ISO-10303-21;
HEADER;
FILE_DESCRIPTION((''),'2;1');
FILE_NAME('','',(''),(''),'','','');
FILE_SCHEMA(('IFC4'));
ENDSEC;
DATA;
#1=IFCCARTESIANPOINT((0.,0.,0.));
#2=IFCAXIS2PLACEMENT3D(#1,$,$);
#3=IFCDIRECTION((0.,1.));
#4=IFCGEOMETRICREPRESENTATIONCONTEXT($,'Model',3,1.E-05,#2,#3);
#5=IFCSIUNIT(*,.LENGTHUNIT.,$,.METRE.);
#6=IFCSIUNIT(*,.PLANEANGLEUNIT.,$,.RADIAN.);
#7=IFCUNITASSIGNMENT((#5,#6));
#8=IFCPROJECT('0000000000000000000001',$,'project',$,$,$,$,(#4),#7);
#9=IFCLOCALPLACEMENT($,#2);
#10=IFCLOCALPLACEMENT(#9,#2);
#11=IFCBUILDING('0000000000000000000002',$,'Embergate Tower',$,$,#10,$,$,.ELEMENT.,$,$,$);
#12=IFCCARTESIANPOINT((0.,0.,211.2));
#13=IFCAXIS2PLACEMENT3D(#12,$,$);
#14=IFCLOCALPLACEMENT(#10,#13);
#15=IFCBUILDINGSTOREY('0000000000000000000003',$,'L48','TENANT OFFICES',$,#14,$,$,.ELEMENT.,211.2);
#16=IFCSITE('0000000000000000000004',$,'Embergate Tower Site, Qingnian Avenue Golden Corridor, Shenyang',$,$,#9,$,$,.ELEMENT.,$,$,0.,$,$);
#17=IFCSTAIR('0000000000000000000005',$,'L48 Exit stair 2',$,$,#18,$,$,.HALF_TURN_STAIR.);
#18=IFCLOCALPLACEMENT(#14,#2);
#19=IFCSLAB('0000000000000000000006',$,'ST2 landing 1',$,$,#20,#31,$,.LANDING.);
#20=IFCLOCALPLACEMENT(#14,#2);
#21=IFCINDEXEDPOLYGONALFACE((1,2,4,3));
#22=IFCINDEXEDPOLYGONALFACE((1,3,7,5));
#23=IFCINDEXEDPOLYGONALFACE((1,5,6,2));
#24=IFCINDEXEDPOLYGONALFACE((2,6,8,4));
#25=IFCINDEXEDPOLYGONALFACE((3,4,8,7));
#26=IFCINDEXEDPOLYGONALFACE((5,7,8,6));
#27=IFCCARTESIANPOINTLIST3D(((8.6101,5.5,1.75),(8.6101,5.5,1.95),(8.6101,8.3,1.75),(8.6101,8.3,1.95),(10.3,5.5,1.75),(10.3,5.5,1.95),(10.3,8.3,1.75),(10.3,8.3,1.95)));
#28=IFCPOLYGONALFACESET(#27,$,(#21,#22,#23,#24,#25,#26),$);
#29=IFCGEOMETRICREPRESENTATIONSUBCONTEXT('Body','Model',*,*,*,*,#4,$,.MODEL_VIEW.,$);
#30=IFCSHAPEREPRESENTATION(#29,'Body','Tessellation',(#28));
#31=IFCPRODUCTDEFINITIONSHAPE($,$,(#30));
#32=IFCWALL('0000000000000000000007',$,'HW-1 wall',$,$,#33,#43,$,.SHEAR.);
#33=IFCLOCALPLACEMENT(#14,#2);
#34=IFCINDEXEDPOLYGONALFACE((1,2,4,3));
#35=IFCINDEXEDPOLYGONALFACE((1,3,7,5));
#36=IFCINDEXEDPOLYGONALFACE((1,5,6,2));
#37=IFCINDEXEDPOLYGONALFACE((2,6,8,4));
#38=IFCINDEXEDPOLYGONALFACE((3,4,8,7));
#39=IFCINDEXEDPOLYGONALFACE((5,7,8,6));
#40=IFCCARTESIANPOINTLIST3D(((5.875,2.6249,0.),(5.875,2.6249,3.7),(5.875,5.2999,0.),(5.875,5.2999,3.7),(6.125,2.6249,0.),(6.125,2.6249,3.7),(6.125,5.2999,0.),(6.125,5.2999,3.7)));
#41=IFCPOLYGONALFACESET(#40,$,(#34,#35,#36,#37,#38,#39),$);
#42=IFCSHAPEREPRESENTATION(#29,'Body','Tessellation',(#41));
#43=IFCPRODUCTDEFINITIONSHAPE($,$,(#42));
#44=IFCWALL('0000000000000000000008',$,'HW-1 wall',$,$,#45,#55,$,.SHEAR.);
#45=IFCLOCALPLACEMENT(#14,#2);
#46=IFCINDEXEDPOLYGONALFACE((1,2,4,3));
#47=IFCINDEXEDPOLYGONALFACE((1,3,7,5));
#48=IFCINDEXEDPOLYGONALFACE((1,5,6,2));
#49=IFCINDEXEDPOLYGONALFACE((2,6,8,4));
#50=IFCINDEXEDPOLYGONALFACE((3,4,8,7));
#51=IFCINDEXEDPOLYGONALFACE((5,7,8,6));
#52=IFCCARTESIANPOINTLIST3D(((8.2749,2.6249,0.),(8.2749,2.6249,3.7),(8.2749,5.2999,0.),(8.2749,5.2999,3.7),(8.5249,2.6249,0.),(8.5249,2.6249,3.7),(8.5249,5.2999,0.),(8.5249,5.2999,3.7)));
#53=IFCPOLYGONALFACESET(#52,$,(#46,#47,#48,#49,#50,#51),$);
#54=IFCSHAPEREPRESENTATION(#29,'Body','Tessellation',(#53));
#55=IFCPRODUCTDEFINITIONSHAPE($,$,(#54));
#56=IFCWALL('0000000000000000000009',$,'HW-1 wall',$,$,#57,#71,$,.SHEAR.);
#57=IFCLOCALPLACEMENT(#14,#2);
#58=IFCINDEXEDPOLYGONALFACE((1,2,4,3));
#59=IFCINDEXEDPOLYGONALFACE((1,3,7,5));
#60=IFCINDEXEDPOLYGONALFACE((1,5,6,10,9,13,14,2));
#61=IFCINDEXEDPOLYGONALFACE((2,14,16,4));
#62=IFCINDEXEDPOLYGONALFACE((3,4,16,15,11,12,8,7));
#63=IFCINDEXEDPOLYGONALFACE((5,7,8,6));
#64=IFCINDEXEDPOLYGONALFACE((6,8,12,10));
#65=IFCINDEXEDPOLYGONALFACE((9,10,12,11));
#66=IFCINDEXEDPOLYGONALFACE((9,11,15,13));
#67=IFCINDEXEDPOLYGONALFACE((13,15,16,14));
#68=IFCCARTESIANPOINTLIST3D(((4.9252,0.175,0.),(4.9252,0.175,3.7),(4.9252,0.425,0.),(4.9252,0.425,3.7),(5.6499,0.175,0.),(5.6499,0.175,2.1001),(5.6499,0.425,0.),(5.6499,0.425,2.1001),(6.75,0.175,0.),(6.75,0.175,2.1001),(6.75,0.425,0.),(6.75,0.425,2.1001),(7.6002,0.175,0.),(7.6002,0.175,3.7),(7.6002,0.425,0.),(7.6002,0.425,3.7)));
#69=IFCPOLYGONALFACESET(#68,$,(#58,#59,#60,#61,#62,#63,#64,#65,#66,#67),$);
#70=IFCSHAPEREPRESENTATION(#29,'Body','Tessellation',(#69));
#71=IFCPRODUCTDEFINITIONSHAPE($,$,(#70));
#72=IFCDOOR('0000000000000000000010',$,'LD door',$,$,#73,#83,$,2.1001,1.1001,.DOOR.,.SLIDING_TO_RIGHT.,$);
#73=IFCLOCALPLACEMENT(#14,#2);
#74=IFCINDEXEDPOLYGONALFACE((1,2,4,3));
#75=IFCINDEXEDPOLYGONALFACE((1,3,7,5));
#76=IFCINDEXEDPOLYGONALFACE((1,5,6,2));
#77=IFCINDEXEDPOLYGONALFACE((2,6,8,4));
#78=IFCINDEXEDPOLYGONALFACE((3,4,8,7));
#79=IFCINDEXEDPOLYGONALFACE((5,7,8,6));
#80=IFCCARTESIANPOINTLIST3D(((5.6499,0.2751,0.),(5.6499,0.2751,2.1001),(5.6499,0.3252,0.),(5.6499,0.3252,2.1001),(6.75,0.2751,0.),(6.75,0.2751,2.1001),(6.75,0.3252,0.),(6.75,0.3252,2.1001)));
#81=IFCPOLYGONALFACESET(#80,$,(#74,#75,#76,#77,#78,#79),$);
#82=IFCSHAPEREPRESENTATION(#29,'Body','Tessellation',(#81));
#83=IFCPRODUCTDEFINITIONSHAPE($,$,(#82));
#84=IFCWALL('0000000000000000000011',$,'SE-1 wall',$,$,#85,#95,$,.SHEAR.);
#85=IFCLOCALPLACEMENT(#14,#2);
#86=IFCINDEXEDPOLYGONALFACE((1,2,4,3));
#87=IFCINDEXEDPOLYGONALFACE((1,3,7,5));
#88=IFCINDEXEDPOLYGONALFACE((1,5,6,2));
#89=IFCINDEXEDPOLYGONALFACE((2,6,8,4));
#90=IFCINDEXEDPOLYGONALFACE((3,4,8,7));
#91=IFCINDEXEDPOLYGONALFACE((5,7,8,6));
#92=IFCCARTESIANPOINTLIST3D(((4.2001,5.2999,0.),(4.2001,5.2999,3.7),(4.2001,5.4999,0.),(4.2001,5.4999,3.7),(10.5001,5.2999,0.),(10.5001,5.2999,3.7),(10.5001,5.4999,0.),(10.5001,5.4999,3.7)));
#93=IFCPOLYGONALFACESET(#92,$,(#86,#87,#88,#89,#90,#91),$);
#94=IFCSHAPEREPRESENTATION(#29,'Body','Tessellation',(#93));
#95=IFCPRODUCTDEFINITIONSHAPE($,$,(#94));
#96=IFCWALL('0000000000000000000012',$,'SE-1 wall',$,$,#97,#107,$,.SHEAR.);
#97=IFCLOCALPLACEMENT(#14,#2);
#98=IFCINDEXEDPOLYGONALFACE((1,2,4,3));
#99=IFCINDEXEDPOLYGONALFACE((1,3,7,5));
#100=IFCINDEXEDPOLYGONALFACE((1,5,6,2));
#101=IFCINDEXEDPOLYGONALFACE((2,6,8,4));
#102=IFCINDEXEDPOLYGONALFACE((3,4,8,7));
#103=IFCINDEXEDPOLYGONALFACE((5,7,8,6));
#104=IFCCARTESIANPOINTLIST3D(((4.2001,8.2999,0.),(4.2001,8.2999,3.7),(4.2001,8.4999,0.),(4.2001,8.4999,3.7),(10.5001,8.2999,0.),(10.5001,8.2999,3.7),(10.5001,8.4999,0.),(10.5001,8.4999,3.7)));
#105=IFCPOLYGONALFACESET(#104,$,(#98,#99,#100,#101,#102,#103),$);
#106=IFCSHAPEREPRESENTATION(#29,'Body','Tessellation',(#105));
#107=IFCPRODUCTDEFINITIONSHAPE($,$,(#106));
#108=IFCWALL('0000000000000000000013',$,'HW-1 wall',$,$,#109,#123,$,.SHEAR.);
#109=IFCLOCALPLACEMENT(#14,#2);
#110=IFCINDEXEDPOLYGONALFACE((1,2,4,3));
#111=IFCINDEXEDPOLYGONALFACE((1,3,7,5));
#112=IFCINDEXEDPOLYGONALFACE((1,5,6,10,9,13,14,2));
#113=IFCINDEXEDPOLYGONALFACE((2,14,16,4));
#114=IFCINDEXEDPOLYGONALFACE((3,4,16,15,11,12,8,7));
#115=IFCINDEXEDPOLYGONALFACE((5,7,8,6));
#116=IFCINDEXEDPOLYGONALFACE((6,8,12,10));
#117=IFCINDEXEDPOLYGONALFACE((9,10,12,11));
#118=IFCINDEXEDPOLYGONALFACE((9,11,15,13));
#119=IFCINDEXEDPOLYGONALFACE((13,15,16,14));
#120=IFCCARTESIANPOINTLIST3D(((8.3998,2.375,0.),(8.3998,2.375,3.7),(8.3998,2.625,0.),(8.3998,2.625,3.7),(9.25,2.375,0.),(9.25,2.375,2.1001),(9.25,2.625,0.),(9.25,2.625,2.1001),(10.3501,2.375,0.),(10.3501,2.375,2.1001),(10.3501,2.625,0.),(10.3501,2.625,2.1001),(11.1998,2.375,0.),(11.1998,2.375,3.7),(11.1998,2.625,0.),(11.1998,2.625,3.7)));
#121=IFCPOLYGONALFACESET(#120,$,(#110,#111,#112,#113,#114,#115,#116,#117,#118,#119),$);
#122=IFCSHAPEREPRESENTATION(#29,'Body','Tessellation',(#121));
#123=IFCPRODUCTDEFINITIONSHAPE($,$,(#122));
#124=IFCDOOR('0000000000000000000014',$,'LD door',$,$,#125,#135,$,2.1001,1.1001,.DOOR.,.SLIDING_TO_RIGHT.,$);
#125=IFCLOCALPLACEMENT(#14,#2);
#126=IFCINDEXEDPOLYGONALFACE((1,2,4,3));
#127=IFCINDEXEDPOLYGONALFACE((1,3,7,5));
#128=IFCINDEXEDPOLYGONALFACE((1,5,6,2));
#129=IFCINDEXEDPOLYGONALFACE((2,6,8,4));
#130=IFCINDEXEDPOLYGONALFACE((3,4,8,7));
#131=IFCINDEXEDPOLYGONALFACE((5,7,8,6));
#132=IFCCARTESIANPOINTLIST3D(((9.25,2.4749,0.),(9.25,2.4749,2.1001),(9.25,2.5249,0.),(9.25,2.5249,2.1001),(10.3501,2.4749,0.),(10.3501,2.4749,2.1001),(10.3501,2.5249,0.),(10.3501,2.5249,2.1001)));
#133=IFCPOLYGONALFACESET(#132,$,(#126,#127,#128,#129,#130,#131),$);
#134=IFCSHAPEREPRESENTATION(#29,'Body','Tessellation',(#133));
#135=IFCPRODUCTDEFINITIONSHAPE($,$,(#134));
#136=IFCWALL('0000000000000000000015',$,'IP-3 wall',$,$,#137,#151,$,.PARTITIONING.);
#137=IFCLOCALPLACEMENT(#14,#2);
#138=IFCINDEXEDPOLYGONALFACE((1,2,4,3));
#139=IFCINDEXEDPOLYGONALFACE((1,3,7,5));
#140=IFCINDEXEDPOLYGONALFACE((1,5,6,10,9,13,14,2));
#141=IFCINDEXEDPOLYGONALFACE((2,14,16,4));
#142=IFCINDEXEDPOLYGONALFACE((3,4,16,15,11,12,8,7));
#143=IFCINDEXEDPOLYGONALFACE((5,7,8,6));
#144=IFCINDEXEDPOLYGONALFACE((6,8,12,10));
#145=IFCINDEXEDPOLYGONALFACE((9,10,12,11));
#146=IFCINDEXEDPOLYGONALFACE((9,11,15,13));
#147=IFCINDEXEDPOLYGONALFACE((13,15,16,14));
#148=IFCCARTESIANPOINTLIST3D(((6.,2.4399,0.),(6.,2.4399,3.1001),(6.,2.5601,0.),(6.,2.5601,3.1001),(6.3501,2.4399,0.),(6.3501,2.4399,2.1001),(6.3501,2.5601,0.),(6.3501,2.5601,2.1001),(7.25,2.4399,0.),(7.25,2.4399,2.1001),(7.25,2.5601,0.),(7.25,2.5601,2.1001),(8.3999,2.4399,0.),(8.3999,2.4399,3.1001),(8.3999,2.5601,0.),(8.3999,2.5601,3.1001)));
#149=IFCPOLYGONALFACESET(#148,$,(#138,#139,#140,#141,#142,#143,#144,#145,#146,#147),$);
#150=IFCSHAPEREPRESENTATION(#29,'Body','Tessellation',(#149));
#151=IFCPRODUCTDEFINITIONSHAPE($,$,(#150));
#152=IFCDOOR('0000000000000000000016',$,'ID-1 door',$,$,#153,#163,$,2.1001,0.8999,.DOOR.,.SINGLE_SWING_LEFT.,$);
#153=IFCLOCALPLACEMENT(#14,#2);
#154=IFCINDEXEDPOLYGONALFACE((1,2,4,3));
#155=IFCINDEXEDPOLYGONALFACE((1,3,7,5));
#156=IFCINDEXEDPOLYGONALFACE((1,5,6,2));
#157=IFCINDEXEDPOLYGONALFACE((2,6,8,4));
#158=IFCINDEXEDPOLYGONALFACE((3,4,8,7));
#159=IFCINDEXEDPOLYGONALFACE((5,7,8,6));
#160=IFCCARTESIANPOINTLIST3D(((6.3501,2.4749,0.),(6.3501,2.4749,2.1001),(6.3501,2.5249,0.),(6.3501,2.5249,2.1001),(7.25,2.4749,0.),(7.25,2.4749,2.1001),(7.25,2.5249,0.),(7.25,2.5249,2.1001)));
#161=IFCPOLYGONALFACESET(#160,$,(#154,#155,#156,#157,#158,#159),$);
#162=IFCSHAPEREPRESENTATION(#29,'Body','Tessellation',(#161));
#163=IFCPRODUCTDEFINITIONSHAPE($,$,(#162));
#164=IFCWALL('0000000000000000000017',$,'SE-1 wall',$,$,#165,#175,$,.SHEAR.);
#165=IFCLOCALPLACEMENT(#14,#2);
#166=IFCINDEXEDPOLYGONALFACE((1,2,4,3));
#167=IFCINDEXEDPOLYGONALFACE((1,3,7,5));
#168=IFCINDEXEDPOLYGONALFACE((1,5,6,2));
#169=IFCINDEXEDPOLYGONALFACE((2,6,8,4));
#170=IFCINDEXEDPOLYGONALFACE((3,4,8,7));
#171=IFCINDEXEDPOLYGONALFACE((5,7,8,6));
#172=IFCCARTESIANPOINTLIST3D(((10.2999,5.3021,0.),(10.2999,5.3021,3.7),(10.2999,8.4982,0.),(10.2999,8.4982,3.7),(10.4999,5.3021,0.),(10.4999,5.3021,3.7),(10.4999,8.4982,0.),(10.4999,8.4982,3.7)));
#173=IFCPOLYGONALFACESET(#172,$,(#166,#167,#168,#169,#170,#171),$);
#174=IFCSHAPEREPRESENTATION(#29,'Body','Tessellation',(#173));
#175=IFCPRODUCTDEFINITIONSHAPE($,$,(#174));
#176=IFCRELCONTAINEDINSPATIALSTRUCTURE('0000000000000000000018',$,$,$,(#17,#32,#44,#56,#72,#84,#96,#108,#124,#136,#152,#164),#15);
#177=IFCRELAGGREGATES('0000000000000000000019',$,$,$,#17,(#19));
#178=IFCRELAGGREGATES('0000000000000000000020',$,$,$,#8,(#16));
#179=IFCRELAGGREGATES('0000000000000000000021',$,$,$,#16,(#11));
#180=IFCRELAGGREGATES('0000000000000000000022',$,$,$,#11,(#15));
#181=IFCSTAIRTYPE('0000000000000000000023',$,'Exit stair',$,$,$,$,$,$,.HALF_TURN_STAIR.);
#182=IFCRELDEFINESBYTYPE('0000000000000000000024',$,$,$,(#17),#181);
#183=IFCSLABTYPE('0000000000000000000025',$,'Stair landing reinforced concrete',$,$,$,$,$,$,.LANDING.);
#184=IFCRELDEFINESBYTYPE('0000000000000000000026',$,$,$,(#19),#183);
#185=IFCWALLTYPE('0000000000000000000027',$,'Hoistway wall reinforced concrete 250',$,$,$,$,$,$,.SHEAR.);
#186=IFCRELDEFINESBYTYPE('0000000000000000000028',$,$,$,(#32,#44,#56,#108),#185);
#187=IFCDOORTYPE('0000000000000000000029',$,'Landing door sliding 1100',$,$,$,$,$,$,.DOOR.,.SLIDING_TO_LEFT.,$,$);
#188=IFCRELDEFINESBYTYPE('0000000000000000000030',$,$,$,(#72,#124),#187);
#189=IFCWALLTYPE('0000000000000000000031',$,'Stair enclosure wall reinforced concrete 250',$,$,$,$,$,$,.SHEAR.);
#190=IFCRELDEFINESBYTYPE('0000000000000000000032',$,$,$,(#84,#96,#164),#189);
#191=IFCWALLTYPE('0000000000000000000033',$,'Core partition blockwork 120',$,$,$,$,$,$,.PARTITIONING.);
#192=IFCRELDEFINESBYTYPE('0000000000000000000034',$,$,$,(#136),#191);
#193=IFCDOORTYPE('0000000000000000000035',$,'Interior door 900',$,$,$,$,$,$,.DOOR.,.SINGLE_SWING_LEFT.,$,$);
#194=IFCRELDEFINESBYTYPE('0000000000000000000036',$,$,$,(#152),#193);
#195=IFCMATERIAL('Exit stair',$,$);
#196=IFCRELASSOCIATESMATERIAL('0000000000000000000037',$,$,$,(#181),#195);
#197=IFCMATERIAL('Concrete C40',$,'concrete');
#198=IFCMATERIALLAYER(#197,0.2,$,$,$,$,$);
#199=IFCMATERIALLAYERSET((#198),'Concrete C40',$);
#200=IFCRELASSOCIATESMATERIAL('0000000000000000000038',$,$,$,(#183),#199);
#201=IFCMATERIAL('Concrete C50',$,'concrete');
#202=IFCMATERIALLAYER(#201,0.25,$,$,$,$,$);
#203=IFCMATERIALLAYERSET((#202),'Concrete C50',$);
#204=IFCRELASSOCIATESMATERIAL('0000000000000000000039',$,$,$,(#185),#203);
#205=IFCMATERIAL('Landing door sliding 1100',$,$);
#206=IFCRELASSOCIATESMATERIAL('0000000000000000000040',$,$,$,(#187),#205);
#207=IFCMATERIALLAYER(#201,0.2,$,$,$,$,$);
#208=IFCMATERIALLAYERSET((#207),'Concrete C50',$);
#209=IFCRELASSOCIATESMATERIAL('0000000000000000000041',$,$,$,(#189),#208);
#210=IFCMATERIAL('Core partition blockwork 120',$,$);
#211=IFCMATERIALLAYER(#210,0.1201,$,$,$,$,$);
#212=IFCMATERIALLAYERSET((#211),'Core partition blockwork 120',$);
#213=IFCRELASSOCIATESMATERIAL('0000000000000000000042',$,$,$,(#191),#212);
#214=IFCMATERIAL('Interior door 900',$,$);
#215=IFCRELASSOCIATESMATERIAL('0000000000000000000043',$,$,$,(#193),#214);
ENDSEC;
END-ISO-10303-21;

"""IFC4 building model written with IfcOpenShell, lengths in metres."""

from ifc_helpers import new_model, si_unit, direction, frame, frame_2d, origin, place, context, subcontext, project, spatial, polyline, rectangle, outline, extrude, source, transform, mapped, material, layer, layer_set, type_object, element, fill, aggregate, save


model = new_model("IFC4")

# Units and contexts
model_context = context("Model", 3, precision=1e-05, world=origin(), true_north=direction((0.0, 1.0)))
body_context = subcontext(model_context, "Body", "Model", "MODEL_VIEW")
ifc_project = project(units=[si_unit("LENGTHUNIT", "METRE"), si_unit("PLANEANGLEUNIT", "RADIAN")], contexts=[model_context])

# Site, building, storey
site_placement = place(None, origin())
site = spatial("IfcSite", under=ifc_project, at=site_placement, Name="Embergate Tower Site, Qingnian Avenue Golden Corridor, Shenyang", CompositionType="ELEMENT", RefElevation=0.0)
building_placement = place(site_placement, origin())
building = spatial("IfcBuilding", under=site, at=building_placement, Name="Embergate Tower", CompositionType="ELEMENT")
storey_placement = place(building_placement, frame((0.0, 0.0, 211.2)))
storey = spatial("IfcBuildingStorey", under=building, at=storey_placement, Name="L48", Description="TENANT OFFICES", CompositionType="ELEMENT", Elevation=211.2)

# Stair, slab
ifc_material_1 = material(Name="Exit stair")
stair_type = type_object("IfcStairType", Name="Exit stair", PredefinedType="HALF_TURN_STAIR", material=ifc_material_1)
stair_placement = place(storey_placement, origin())
stair = element("IfcStair", 1, at=stair_placement, inside=storey, type_object=stair_type, Name="L48 Exit stair 2", PredefinedType="HALF_TURN_STAIR")
ifc_material_2 = material(Name="Concrete C40", Category="concrete")
ifc_layer_1 = layer(ifc_material_2, 0.2)
ifc_layer_set_1 = layer_set([ifc_layer_1], Name="Concrete C40")
slab_type = type_object("IfcSlabType", Name="Stair landing reinforced concrete", PredefinedType="LANDING", material=ifc_layer_set_1)
shared_shape_1 = source(origin(), body_context, "Body", "SweptSolid", [
    extrude(outline(polyline([(0.0, 0.0), (1.6899, 0.0), (1.6899, 2.8), (0.0, 2.8), (0.0, 0.0)])), origin(), (0.0, 0.0, 1.0), 0.2),
])
slab_placement = place(storey_placement, frame((8.6101, 5.5, 1.75)))
slab = element("IfcSlab", 2, at=slab_placement, type_object=slab_type, Name="ST2 landing 1", PredefinedType="LANDING", context=body_context, shape_type="MappedRepresentation", body=[
    mapped(shared_shape_1, transform((0.0, 0.0, 0.0))),
])

# Walls
ifc_material_3 = material(Name="Concrete C50", Category="concrete")
ifc_layer_2 = layer(ifc_material_3, 0.25)
ifc_layer_set_2 = layer_set([ifc_layer_2], Name="Concrete C50")
wall_type_1 = type_object("IfcWallType", Name="Hoistway wall reinforced concrete 250", PredefinedType="SHEAR", material=ifc_layer_set_2)
shared_shape_2 = source(origin(), body_context, "Body", "SweptSolid", [
    extrude(rectangle(XDim=2.675, YDim=0.25, at=frame_2d((1.3374, 0.0))), origin(), (0.0, 0.0, 1.0), 3.7),
])
for number, where, z_axis, x_axis, name in (
    (3, (6.0, 2.625, 0.0), (0.0, 0.0, 1.0), (0.0, 1.0, 0.0), "HW-1 wall"),
    (4, (8.3999, 2.625, 0.0), (0.0, 0.0, 1.0), (0.0, 1.0, 0.0), "HW-1 wall"),
):
    element("IfcWall", number, at=place(storey_placement, frame(where, z_axis=z_axis, x_axis=x_axis)), inside=storey, type_object=wall_type_1, Name=name, PredefinedType="SHEAR", context=body_context, shape_type="MappedRepresentation", body=[
        mapped(shared_shape_2, transform((0.0, 0.0, 0.0))),
    ])

# Wall, opening, door
wall_1_placement = place(storey_placement, frame((7.6001, 0.3, 0.0), z_axis=(0.0, 0.0, 1.0), x_axis=(-1.0, 0.0, 0.0)))
wall_1 = element("IfcWall", 5, at=wall_1_placement, inside=storey, type_object=wall_type_1, Name="HW-1 wall", PredefinedType="SHEAR", context=body_context, shape_type="MappedRepresentation", body=[
    mapped(shared_shape_2, transform((0.0, 0.0, 0.0))),
])
shared_shape_3 = source(origin(), body_context, "Body", "SweptSolid", [
    extrude(rectangle(XDim=1.1001, YDim=2.1001, at=frame_2d((0.55, 1.05))), frame((0.0, 0.135, 0.0), z_axis=(0.0, -1.0, 0.0), x_axis=(1.0, 0.0, 0.0)), (0.0, 0.0, 1.0), 0.27),
])
opening_1_placement = place(wall_1_placement, frame((0.8501, 0.0, 0.0)))
opening_1 = element("IfcOpeningElement", 6, at=opening_1_placement, cuts=wall_1, PredefinedType="OPENING", context=body_context, shape_type="MappedRepresentation", body=[
    mapped(shared_shape_3, transform((0.0, 0.0, 0.0))),
])
ifc_material_4 = material(Name="Landing door sliding 1100")
door_type_1 = type_object("IfcDoorType", Name="Landing door sliding 1100", OperationType="SLIDING_TO_LEFT", PredefinedType="DOOR", material=ifc_material_4)
shared_shape_4 = source(origin(), body_context, "Body", "SweptSolid", [
    extrude(rectangle(XDim=1.1001, YDim=2.1001, at=frame_2d((0.55, 1.05))), frame((0.0, 0.0249, 0.0), z_axis=(0.0, -1.0, 0.0), x_axis=(1.0, 0.0, 0.0)), (0.0, 0.0, 1.0), 0.05),
])
door_1_placement = place(opening_1_placement, origin())
door_1 = element("IfcDoor", 7, at=door_1_placement, inside=storey, type_object=door_type_1, Name="LD door", OperationType="SLIDING_TO_RIGHT", OverallHeight=2.1001, OverallWidth=1.1001, PredefinedType="DOOR", context=body_context, shape_type="MappedRepresentation", body=[
    mapped(shared_shape_4, transform((0.0, 0.0, 0.0))),
])
fill(opening_1, door_1)

# Walls
ifc_layer_3 = layer(ifc_material_3, 0.2)
ifc_layer_set_3 = layer_set([ifc_layer_3], Name="Concrete C50")
wall_type_2 = type_object("IfcWallType", Name="Stair enclosure wall reinforced concrete 250", PredefinedType="SHEAR", material=ifc_layer_set_3)
shared_shape_5 = source(origin(), body_context, "Body", "SweptSolid", [
    extrude(rectangle(XDim=6.3, YDim=0.2, at=frame_2d((3.1499, 0.0))), origin(), (0.0, 0.0, 1.0), 3.7),
])
for number, where, z_axis, x_axis, name in (
    (8, (10.5, 5.3999, 0.0), (0.0, 0.0, 1.0), (-1.0, 0.0, 0.0), "SE-1 wall"),
    (9, (10.5, 8.3999, 0.0), (0.0, 0.0, 1.0), (-1.0, 0.0, 0.0), "SE-1 wall"),
):
    element("IfcWall", number, at=place(storey_placement, frame(where, z_axis=z_axis, x_axis=x_axis)), inside=storey, type_object=wall_type_2, Name=name, PredefinedType="SHEAR", context=body_context, shape_type="MappedRepresentation", body=[
        mapped(shared_shape_5, transform((0.0, 0.0, 0.0))),
    ])

# Walls, openings, doors
shared_shape_6 = source(origin(), body_context, "Body", "SweptSolid", [
    extrude(rectangle(XDim=2.8, YDim=0.25, at=frame_2d((1.3999, 0.0))), origin(), (0.0, 0.0, 1.0), 3.7),
])
wall_2_placement = place(storey_placement, frame((8.3999, 2.5, 0.0), z_axis=(0.0, 0.0, 1.0), x_axis=(1.0, 0.0, 0.0)))
wall_2 = element("IfcWall", 10, at=wall_2_placement, inside=storey, type_object=wall_type_1, Name="HW-1 wall", PredefinedType="SHEAR", context=body_context, shape_type="MappedRepresentation", body=[
    mapped(shared_shape_6, transform((0.0, 0.0, 0.0))),
])
opening_2_placement = place(wall_2_placement, frame((0.8501, 0.0, 0.0)))
opening_2 = element("IfcOpeningElement", 11, at=opening_2_placement, cuts=wall_2, PredefinedType="OPENING", context=body_context, shape_type="MappedRepresentation", body=[
    mapped(shared_shape_3, transform((0.0, 0.0, 0.0))),
])
door_2_placement = place(opening_2_placement, origin())
door_2 = element("IfcDoor", 12, at=door_2_placement, inside=storey, type_object=door_type_1, Name="LD door", OperationType="SLIDING_TO_RIGHT", OverallHeight=2.1001, OverallWidth=1.1001, PredefinedType="DOOR", context=body_context, shape_type="MappedRepresentation", body=[
    mapped(shared_shape_4, transform((0.0, 0.0, 0.0))),
])
fill(opening_2, door_2)
ifc_material_5 = material(Name="Core partition blockwork 120")
ifc_layer_4 = layer(ifc_material_5, 0.1201)
ifc_layer_set_4 = layer_set([ifc_layer_4], Name="Core partition blockwork 120")
wall_type_3 = type_object("IfcWallType", Name="Core partition blockwork 120", PredefinedType="PARTITIONING", material=ifc_layer_set_4)
shared_shape_7 = source(origin(), body_context, "Body", "SweptSolid", [
    extrude(rectangle(XDim=2.3999, YDim=0.1201, at=frame_2d((1.2, 0.0))), origin(), (0.0, 0.0, 1.0), 3.1001),
])
wall_3_placement = place(storey_placement, frame((6.0, 2.5, 0.0), z_axis=(0.0, 0.0, 1.0), x_axis=(1.0, 0.0, 0.0)))
wall_3 = element("IfcWall", 13, at=wall_3_placement, inside=storey, type_object=wall_type_3, Name="IP-3 wall", PredefinedType="PARTITIONING", context=body_context, shape_type="MappedRepresentation", body=[
    mapped(shared_shape_7, transform((0.0, 0.0, 0.0))),
])
shared_shape_8 = source(origin(), body_context, "Body", "SweptSolid", [
    extrude(rectangle(XDim=0.8999, YDim=2.1001, at=frame_2d((0.45, 1.05))), frame((0.0, 0.0701, 0.0), z_axis=(0.0, -1.0, 0.0), x_axis=(1.0, 0.0, 0.0)), (0.0, 0.0, 1.0), 0.1401),
])
opening_3_placement = place(wall_3_placement, frame((0.3501, 0.0, 0.0)))
opening_3 = element("IfcOpeningElement", 14, at=opening_3_placement, cuts=wall_3, PredefinedType="OPENING", context=body_context, shape_type="MappedRepresentation", body=[
    mapped(shared_shape_8, transform((0.0, 0.0, 0.0))),
])
ifc_material_6 = material(Name="Interior door 900")
door_type_2 = type_object("IfcDoorType", Name="Interior door 900", OperationType="SINGLE_SWING_LEFT", PredefinedType="DOOR", material=ifc_material_6)
shared_shape_9 = source(origin(), body_context, "Body", "SweptSolid", [
    extrude(rectangle(XDim=0.8999, YDim=2.1001, at=frame_2d((0.45, 1.05))), frame((0.0, 0.0249, 0.0), z_axis=(0.0, -1.0, 0.0), x_axis=(1.0, 0.0, 0.0)), (0.0, 0.0, 1.0), 0.05),
])
door_3_placement = place(opening_3_placement, origin())
door_3 = element("IfcDoor", 15, at=door_3_placement, inside=storey, type_object=door_type_2, Name="ID-1 door", OperationType="SINGLE_SWING_LEFT", OverallHeight=2.1001, OverallWidth=0.8999, PredefinedType="DOOR", context=body_context, shape_type="MappedRepresentation", body=[
    mapped(shared_shape_9, transform((0.0, 0.0, 0.0))),
])
fill(opening_3, door_3)

# Wall
shared_shape_10 = source(origin(), body_context, "Body", "SweptSolid", [
    extrude(rectangle(XDim=3.196, YDim=0.2, at=frame_2d((1.5981, 0.0))), origin(), (0.0, 0.0, 1.0), 3.7),
])
wall_4_placement = place(storey_placement, frame((10.3999, 5.302, 0.0), z_axis=(0.0, 0.0, 1.0), x_axis=(0.0, 1.0, 0.0)))
element("IfcWall", 16, at=wall_4_placement, inside=storey, type_object=wall_type_2, Name="SE-1 wall", PredefinedType="SHEAR", context=body_context, shape_type="MappedRepresentation", body=[
    mapped(shared_shape_10, transform((0.0, 0.0, 0.0))),
])

aggregate(stair, [slab])

save(model, "model.ifc")
